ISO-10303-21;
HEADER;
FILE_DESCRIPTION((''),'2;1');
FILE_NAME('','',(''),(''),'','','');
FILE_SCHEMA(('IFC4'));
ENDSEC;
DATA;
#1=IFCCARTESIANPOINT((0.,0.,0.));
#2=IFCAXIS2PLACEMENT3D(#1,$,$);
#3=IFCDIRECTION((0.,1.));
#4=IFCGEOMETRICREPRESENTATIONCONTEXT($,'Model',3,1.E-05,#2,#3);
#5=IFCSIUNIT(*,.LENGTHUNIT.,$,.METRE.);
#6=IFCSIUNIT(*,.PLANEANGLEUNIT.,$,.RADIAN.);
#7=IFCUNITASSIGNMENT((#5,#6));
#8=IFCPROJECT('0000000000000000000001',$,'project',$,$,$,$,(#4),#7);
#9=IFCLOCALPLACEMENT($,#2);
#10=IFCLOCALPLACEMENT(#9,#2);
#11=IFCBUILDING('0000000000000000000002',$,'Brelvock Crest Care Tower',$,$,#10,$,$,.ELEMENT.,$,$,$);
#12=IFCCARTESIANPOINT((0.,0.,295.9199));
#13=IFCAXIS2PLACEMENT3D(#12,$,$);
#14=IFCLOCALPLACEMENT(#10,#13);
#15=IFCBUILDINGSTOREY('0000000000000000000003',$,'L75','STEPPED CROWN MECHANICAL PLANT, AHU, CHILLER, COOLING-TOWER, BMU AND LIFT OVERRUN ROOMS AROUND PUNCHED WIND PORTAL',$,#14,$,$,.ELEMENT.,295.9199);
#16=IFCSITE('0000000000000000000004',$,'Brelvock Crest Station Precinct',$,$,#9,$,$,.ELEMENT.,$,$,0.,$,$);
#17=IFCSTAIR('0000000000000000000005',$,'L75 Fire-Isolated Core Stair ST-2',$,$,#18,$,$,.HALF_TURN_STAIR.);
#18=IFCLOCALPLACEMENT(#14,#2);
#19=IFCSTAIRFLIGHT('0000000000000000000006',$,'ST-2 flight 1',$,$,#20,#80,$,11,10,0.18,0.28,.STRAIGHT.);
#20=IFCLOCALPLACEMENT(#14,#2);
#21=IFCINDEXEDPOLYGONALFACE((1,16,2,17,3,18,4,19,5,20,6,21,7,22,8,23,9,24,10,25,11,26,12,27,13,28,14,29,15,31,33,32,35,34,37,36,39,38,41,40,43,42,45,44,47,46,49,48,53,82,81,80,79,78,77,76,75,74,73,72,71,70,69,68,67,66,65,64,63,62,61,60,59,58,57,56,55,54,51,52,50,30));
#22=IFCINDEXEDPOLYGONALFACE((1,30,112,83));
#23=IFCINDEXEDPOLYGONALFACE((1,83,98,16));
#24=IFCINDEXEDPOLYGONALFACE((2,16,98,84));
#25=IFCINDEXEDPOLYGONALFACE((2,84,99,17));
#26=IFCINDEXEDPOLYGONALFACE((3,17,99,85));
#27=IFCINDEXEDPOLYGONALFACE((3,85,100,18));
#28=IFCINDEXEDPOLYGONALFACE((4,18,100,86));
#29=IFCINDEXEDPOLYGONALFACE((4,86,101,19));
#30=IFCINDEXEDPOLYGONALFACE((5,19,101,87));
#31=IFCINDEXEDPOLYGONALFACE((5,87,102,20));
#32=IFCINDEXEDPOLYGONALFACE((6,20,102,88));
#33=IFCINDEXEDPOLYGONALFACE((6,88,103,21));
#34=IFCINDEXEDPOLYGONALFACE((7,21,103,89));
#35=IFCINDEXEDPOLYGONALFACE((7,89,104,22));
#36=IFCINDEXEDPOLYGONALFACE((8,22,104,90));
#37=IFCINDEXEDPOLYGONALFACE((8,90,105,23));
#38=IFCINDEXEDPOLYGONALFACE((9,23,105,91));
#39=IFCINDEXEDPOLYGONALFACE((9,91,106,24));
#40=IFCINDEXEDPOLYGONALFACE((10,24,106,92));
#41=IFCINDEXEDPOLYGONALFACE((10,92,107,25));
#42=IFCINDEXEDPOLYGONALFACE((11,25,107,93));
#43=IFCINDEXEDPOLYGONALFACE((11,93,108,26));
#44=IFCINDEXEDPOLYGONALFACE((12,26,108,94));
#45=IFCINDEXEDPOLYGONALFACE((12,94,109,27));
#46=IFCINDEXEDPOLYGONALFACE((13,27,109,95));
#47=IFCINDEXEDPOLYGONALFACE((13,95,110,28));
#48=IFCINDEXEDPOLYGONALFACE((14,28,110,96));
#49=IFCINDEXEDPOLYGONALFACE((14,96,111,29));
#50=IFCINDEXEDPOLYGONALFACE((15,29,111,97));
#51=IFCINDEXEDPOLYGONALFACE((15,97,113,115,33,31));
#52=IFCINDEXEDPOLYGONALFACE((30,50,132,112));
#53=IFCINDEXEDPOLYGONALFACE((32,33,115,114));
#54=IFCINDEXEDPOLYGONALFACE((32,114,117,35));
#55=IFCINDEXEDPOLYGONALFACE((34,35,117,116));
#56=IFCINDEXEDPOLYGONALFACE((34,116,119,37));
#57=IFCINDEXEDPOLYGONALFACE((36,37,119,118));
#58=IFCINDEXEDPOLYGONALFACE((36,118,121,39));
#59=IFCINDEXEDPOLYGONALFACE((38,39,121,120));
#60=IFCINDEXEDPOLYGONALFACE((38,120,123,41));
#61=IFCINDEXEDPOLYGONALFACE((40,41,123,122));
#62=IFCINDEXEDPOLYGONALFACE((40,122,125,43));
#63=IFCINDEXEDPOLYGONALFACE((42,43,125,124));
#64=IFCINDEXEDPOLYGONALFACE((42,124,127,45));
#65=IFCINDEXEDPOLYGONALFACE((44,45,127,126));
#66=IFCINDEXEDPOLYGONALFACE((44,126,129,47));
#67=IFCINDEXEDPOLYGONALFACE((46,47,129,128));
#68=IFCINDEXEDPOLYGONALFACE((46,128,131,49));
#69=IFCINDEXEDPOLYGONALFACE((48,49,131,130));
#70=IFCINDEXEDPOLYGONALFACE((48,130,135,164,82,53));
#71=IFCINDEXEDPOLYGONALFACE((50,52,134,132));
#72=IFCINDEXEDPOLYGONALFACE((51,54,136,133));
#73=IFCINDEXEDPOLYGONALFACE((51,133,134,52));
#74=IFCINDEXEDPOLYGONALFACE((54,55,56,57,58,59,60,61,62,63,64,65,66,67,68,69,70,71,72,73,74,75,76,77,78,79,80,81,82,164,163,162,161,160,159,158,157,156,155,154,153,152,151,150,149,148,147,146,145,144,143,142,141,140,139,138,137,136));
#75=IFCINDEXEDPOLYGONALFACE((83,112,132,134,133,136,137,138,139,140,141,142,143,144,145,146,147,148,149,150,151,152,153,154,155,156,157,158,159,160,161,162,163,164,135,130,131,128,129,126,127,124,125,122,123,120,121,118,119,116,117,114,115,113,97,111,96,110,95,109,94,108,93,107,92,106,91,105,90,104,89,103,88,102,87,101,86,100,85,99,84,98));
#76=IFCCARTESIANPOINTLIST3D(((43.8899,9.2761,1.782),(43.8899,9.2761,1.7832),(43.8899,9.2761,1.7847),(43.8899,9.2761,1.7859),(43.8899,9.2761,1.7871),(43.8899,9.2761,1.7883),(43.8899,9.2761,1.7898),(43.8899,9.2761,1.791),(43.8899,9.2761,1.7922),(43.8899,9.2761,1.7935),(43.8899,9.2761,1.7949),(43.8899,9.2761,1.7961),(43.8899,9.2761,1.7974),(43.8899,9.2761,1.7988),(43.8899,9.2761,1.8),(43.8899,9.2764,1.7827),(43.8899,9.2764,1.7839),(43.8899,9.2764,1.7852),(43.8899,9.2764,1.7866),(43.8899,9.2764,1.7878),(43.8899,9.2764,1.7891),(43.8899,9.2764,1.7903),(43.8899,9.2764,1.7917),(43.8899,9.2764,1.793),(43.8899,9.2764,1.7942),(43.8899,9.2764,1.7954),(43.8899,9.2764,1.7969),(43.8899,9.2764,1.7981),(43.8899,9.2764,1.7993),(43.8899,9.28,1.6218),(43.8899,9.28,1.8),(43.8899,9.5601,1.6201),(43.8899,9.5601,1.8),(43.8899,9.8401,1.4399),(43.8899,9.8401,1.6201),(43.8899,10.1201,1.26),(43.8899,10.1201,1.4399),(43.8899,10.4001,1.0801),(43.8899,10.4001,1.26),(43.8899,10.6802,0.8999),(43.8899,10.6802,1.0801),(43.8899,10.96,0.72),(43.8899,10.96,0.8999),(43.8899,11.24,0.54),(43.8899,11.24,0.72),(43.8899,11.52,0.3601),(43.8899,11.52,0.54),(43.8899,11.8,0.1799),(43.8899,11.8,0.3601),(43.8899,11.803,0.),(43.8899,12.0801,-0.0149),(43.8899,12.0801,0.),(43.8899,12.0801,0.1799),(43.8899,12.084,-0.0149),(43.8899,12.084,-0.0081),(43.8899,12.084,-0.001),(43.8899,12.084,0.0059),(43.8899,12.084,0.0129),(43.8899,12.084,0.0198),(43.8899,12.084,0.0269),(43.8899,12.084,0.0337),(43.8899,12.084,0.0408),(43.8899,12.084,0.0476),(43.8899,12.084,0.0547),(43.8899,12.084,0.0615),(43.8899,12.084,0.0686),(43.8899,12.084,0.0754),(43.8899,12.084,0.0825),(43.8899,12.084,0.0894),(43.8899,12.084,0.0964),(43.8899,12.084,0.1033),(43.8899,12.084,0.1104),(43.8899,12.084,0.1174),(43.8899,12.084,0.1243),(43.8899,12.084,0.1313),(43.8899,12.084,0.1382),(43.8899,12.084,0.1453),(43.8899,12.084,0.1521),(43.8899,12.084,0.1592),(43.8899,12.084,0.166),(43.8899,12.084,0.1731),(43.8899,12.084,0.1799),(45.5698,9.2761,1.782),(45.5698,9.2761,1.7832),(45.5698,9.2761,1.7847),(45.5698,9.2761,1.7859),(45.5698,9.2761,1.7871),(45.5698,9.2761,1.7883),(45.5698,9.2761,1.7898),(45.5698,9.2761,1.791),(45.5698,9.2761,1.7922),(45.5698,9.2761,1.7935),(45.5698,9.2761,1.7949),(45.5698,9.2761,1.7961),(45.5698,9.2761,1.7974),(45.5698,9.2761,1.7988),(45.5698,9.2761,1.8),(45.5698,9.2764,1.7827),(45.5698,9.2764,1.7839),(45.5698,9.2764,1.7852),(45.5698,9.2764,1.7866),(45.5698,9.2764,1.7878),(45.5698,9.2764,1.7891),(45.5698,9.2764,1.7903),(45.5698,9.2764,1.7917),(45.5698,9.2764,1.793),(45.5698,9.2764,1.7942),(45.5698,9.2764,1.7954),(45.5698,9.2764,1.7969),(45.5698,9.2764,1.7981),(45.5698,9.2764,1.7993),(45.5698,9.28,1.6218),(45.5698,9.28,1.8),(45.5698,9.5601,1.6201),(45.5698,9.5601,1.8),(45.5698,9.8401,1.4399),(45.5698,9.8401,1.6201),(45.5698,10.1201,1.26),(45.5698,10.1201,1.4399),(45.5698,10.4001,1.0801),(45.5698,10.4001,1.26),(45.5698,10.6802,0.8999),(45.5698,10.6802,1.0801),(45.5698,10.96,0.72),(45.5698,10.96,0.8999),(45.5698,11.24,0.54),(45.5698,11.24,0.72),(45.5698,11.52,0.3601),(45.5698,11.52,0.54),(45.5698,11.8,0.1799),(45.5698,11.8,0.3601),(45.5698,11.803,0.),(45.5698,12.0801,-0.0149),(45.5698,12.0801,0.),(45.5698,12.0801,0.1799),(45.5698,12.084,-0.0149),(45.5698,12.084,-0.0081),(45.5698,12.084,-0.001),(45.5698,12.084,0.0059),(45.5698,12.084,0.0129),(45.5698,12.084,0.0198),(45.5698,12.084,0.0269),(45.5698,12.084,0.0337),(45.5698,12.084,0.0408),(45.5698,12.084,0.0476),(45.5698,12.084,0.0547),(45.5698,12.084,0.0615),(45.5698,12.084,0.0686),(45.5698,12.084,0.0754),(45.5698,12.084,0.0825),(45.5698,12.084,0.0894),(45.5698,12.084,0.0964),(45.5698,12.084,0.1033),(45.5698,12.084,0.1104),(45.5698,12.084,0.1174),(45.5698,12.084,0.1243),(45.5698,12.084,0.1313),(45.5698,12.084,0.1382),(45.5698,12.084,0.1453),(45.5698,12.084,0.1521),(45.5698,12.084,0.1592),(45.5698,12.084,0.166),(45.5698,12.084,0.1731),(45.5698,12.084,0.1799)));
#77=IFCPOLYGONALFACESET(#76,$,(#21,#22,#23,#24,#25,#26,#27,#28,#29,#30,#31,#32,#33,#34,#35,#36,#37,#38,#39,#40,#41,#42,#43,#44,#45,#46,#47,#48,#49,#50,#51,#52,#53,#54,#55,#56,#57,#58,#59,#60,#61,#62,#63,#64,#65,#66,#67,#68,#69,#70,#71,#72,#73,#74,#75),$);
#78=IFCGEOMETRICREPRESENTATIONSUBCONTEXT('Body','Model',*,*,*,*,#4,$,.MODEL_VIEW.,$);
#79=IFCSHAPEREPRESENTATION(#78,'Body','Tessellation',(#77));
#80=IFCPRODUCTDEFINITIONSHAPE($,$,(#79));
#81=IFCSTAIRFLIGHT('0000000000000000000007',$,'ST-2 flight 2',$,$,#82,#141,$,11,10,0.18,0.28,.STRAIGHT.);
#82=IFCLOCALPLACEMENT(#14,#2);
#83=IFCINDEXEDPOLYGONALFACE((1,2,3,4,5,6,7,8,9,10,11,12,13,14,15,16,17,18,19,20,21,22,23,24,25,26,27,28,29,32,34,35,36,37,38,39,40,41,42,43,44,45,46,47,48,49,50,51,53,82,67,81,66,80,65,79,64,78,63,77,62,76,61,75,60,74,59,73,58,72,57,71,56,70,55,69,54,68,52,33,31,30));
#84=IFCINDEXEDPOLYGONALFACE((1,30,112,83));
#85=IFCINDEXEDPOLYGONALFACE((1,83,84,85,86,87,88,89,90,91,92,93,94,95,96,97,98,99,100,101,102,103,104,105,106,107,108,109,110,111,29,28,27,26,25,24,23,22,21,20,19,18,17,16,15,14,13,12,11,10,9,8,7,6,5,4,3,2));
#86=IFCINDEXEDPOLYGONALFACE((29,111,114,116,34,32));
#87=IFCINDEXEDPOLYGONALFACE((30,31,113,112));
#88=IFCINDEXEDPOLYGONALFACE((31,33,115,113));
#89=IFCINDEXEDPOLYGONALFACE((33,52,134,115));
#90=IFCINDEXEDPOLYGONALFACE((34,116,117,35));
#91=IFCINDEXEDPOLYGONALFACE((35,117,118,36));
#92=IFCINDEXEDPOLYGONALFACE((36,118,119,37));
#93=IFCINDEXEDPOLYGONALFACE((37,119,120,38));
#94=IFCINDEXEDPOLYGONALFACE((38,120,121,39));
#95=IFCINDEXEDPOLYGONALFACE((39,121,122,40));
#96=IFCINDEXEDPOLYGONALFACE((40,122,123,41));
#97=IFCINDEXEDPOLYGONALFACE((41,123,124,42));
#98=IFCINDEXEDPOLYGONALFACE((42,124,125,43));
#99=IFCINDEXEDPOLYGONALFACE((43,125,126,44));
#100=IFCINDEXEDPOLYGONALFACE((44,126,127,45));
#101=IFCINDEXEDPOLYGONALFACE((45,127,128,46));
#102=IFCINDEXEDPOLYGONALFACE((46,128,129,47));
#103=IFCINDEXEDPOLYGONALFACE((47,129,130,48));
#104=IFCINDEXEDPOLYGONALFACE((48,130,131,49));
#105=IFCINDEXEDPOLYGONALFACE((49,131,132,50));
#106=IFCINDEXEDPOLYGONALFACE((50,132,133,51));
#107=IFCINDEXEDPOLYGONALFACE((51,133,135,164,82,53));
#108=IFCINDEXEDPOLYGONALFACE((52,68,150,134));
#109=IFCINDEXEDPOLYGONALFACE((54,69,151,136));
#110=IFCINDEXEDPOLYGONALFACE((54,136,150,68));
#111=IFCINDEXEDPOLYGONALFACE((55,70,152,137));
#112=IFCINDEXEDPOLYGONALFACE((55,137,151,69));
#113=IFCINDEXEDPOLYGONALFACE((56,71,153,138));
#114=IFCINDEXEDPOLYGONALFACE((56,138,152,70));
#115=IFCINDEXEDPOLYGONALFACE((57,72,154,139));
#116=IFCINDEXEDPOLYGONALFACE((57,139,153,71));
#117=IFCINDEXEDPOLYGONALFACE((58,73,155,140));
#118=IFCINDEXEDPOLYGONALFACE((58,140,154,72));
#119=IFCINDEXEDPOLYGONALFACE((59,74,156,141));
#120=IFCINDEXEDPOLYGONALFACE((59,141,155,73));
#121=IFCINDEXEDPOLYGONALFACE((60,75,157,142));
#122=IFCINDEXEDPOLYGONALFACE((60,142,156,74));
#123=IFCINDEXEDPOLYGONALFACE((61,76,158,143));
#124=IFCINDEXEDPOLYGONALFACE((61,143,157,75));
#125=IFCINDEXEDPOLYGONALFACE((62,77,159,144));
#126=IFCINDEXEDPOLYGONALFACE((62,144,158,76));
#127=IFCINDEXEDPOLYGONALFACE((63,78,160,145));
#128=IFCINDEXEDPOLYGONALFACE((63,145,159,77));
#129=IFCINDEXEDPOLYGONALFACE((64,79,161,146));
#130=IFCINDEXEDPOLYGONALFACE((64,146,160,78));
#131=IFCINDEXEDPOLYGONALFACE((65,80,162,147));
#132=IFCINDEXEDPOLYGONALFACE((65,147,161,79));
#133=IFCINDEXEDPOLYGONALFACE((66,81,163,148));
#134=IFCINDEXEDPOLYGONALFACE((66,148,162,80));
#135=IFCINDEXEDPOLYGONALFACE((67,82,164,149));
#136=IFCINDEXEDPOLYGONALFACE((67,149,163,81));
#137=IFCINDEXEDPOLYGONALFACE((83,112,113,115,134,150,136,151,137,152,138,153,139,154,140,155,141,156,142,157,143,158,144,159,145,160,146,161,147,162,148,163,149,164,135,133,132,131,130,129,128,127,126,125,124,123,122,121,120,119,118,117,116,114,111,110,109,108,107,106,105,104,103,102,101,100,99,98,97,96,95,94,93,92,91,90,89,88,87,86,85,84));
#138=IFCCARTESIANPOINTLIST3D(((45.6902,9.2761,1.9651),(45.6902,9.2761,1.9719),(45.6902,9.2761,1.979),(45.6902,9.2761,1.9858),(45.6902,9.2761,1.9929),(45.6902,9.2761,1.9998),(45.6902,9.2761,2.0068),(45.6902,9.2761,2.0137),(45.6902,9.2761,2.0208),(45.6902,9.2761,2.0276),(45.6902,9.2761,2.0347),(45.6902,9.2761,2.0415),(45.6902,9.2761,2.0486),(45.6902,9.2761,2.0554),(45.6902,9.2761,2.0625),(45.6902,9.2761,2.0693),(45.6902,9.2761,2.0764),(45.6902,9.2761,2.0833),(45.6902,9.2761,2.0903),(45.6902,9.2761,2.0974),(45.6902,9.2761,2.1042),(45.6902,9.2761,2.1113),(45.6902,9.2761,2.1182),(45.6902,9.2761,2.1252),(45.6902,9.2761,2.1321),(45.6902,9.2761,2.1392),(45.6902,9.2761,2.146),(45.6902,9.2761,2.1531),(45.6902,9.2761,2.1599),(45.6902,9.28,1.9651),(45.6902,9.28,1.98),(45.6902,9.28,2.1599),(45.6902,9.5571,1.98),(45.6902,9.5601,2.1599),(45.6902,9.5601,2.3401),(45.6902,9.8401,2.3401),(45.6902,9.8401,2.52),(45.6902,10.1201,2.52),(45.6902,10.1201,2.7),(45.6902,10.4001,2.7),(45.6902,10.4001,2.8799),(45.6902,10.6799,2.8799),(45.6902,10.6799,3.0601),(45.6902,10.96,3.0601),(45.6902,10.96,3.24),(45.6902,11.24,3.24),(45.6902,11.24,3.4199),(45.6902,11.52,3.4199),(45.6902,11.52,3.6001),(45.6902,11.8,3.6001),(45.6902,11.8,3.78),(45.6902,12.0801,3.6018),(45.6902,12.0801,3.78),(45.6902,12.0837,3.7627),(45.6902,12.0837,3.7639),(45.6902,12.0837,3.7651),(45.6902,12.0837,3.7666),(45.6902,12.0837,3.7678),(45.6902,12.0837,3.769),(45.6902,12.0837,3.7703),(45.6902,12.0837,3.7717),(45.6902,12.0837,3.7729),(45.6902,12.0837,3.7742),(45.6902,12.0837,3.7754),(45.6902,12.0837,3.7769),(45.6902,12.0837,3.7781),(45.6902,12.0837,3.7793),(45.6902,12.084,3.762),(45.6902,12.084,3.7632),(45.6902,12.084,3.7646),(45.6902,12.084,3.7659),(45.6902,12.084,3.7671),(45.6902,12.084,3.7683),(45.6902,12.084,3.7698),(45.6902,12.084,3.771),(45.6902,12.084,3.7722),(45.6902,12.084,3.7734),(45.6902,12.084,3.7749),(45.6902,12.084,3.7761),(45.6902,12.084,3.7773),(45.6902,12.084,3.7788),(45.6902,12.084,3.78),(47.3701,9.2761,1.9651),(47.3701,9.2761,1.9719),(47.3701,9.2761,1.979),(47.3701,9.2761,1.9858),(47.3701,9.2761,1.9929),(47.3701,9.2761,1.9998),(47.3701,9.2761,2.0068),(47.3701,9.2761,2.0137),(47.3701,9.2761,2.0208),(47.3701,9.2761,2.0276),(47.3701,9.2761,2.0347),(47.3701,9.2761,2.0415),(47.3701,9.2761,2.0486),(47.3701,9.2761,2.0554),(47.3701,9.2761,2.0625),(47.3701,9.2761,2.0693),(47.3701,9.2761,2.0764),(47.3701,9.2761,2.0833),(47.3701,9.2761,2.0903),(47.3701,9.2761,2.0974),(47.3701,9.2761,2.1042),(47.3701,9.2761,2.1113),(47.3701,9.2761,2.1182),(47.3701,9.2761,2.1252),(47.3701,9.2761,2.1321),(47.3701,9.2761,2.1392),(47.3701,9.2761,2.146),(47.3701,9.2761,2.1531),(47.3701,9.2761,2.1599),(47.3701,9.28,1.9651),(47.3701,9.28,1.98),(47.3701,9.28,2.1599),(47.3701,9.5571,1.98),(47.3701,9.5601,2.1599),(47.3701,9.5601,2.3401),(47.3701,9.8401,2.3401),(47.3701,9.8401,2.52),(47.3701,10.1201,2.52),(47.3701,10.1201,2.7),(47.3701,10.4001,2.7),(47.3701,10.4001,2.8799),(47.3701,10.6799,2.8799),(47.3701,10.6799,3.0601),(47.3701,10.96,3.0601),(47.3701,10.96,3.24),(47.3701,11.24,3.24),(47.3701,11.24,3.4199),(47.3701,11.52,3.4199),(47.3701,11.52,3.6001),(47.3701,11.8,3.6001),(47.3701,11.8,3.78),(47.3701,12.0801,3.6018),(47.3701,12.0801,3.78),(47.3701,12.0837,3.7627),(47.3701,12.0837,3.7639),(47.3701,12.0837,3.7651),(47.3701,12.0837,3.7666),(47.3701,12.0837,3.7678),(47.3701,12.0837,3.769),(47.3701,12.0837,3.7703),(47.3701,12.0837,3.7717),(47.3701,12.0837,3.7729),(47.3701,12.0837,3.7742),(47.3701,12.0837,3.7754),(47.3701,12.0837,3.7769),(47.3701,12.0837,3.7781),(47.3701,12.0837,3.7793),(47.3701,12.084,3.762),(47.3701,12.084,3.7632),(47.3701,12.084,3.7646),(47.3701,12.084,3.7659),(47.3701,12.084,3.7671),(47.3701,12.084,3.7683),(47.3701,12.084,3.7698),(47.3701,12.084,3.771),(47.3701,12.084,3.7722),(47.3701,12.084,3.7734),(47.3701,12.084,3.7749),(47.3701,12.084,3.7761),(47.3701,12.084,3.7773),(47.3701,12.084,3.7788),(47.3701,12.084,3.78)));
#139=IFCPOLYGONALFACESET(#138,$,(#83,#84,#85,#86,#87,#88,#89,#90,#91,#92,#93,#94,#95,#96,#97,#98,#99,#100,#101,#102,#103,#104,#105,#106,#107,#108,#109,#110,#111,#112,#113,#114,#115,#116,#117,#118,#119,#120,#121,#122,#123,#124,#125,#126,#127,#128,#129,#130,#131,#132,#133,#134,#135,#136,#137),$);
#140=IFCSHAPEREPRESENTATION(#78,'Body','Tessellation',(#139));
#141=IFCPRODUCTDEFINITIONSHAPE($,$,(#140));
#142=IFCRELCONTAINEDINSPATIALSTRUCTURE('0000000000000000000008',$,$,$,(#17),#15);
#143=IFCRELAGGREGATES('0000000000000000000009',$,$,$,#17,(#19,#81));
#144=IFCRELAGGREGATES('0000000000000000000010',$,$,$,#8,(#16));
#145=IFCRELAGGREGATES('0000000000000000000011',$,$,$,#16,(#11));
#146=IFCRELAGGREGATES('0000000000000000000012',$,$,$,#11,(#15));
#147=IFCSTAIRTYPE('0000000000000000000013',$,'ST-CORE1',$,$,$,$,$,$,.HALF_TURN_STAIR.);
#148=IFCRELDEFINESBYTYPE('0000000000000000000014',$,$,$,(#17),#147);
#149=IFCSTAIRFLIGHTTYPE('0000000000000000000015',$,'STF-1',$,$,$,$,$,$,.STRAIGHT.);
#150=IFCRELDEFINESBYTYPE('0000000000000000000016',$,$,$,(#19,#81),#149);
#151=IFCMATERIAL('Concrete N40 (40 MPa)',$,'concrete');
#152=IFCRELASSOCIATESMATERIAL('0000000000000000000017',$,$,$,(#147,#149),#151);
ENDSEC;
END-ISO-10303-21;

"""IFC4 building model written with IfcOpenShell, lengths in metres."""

from ifc_helpers import new_model, si_unit, direction, frame, origin, place, context, subcontext, project, spatial, polyline, outline, extrude, material, type_object, element, aggregate, save


model = new_model("IFC4")

# Units and contexts
model_context = context("Model", 3, precision=1e-05, world=origin(), true_north=direction((0.0, 1.0)))
body_context = subcontext(model_context, "Body", "Model", "MODEL_VIEW")
ifc_project = project(units=[si_unit("LENGTHUNIT", "METRE"), si_unit("PLANEANGLEUNIT", "RADIAN")], contexts=[model_context])

# Site, building, storey
site_placement = place(None, origin())
site = spatial("IfcSite", under=ifc_project, at=site_placement, Name="Brelvock Crest Station Precinct", CompositionType="ELEMENT", RefElevation=0.0)
building_placement = place(site_placement, origin())
building = spatial("IfcBuilding", under=site, at=building_placement, Name="Brelvock Crest Care Tower", CompositionType="ELEMENT")
storey_placement = place(building_placement, frame((0.0, 0.0, 295.9199)))
storey = spatial("IfcBuildingStorey", under=building, at=storey_placement, Name="L75", Description="STEPPED CROWN MECHANICAL PLANT, AHU, CHILLER, COOLING-TOWER, BMU AND LIFT OVERRUN ROOMS AROUND PUNCHED WIND PORTAL", CompositionType="ELEMENT", Elevation=295.9199)

# Stair, stair flights
ifc_material_1 = material(Name="Concrete N40 (40 MPa)", Category="concrete")
stair_type = type_object("IfcStairType", Name="ST-CORE1", PredefinedType="HALF_TURN_STAIR", material=ifc_material_1)
stair_placement = place(storey_placement, origin())
stair = element("IfcStair", 1, at=stair_placement, inside=storey, type_object=stair_type, Name="L75 Fire-Isolated Core Stair ST-2", PredefinedType="HALF_TURN_STAIR")
stair_flight_type = type_object("IfcStairFlightType", Name="STF-1", PredefinedType="STRAIGHT", material=ifc_material_1)
stair_flight_1_placement = place(storey_placement, frame((44.73, 12.0801, 0.0), z_axis=(0.0, 0.0, 1.0), x_axis=(0.0, -1.0, 0.0)))
stair_flight_1 = element("IfcStairFlight", 2, at=stair_flight_1_placement, type_object=stair_flight_type, Name="ST-2 flight 1", NumberOfRisers=11, NumberOfTreads=10, PredefinedType="STRAIGHT", RiserHeight=0.18, TreadLength=0.28, context=body_context, shape_type="SweptSolid", body=[
    extrude(outline(polyline([(-0.0039, -0.0149), (-0.0039, -0.0081), (-0.0039, -0.001), (-0.0039, 0.0059), (-0.0039, 0.0129), (-0.0039, 0.0198), (-0.0039, 0.0269), (-0.0039, 0.0337), (-0.0039, 0.0408), (-0.0039, 0.0476), (-0.0039, 0.0547), (-0.0039, 0.0615), (-0.0039, 0.0686), (-0.0039, 0.0754), (-0.0039, 0.0825), (-0.0039, 0.0894), (-0.0039, 0.0964), (-0.0039, 0.1033), (-0.0039, 0.1104), (-0.0039, 0.1174), (-0.0039, 0.1243), (-0.0039, 0.1313), (-0.0039, 0.1382), (-0.0039, 0.1453), (-0.0039, 0.1521), (-0.0039, 0.1592), (-0.0039, 0.166), (-0.0039, 0.1731), (-0.0039, 0.1799), (0.0, 0.1799), (0.28, 0.1799), (0.28, 0.3601), (0.5601, 0.3601), (0.5601, 0.54), (0.8401, 0.54), (0.8401, 0.72), (1.1201, 0.72), (1.1201, 0.8999), (1.3999, 0.8999), (1.3999, 1.0801), (1.6799, 1.0801), (1.6799, 1.26), (1.96, 1.26), (1.96, 1.4399), (2.24, 1.4399), (2.24, 1.6201), (2.52, 1.6201), (2.52, 1.8), (2.8, 1.8), (2.804, 1.8), (2.8037, 1.7993), (2.804, 1.7988), (2.8037, 1.7981), (2.804, 1.7974), (2.8037, 1.7969), (2.804, 1.7961), (2.8037, 1.7954), (2.804, 1.7949), (2.8037, 1.7942), (2.804, 1.7935), (2.8037, 1.793), (2.804, 1.7922), (2.8037, 1.7917), (2.804, 1.791), (2.8037, 1.7903), (2.804, 1.7898), (2.8037, 1.7891), (2.804, 1.7883), (2.8037, 1.7878), (2.804, 1.7871), (2.8037, 1.7866), (2.804, 1.7859), (2.8037, 1.7852), (2.804, 1.7847), (2.8037, 1.7839), (2.804, 1.7832), (2.8037, 1.7827), (2.804, 1.782), (2.8, 1.6218), (0.2771, 0.0), (0.0, 0.0), (0.0, -0.0149), (-0.0039, -0.0149)])), frame((0.0, 0.8398, 0.0), z_axis=(0.0, -1.0, 0.0), x_axis=(1.0, 0.0, 0.0)), (0.0, 0.0, 1.0), 1.6799),
])
stair_flight_2_placement = place(storey_placement, frame((46.53, 9.28, 1.98), z_axis=(0.0, 0.0, 1.0), x_axis=(0.0, 1.0, 0.0)))
stair_flight_2 = element("IfcStairFlight", 3, at=stair_flight_2_placement, type_object=stair_flight_type, Name="ST-2 flight 2", NumberOfRisers=11, NumberOfTreads=10, PredefinedType="STRAIGHT", RiserHeight=0.18, TreadLength=0.28, context=body_context, shape_type="SweptSolid", body=[
    extrude(outline(polyline([(-0.0039, -0.0149), (-0.0039, -0.0081), (-0.0039, -0.001), (-0.0039, 0.0059), (-0.0039, 0.0129), (-0.0039, 0.0198), (-0.0039, 0.0269), (-0.0039, 0.0337), (-0.0039, 0.0408), (-0.0039, 0.0476), (-0.0039, 0.0547), (-0.0039, 0.0615), (-0.0039, 0.0686), (-0.0039, 0.0754), (-0.0039, 0.0825), (-0.0039, 0.0894), (-0.0039, 0.0964), (-0.0039, 0.1033), (-0.0039, 0.1104), (-0.0039, 0.1174), (-0.0039, 0.1243), (-0.0039, 0.1313), (-0.0039, 0.1382), (-0.0039, 0.1453), (-0.0039, 0.1521), (-0.0039, 0.1592), (-0.0039, 0.166), (-0.0039, 0.1731), (-0.0039, 0.1799), (0.0, 0.1799), (0.28, 0.1799), (0.28, 0.3601), (0.5601, 0.3601), (0.5601, 0.54), (0.8401, 0.54), (0.8401, 0.72), (1.1201, 0.72), (1.1201, 0.8999), (1.3999, 0.8999), (1.3999, 1.0801), (1.6799, 1.0801), (1.6799, 1.26), (1.96, 1.26), (1.96, 1.4399), (2.24, 1.4399), (2.24, 1.6201), (2.52, 1.6201), (2.52, 1.8), (2.8, 1.8), (2.804, 1.8), (2.8037, 1.7993), (2.804, 1.7988), (2.8037, 1.7981), (2.804, 1.7974), (2.8037, 1.7969), (2.804, 1.7961), (2.8037, 1.7954), (2.804, 1.7949), (2.8037, 1.7942), (2.804, 1.7935), (2.8037, 1.793), (2.804, 1.7922), (2.8037, 1.7917), (2.804, 1.791), (2.8037, 1.7903), (2.804, 1.7898), (2.8037, 1.7891), (2.804, 1.7883), (2.8037, 1.7878), (2.804, 1.7871), (2.8037, 1.7866), (2.804, 1.7859), (2.8037, 1.7852), (2.804, 1.7847), (2.8037, 1.7839), (2.804, 1.7832), (2.8037, 1.7827), (2.804, 1.782), (2.8, 1.6218), (0.2771, 0.0), (0.0, 0.0), (0.0, -0.0149), (-0.0039, -0.0149)])), frame((0.0, 0.8398, 0.0), z_axis=(0.0, -1.0, 0.0), x_axis=(1.0, 0.0, 0.0)), (0.0, 0.0, 1.0), 1.6799),
])
aggregate(stair, [stair_flight_1, stair_flight_2])

save(model, "model.ifc")
